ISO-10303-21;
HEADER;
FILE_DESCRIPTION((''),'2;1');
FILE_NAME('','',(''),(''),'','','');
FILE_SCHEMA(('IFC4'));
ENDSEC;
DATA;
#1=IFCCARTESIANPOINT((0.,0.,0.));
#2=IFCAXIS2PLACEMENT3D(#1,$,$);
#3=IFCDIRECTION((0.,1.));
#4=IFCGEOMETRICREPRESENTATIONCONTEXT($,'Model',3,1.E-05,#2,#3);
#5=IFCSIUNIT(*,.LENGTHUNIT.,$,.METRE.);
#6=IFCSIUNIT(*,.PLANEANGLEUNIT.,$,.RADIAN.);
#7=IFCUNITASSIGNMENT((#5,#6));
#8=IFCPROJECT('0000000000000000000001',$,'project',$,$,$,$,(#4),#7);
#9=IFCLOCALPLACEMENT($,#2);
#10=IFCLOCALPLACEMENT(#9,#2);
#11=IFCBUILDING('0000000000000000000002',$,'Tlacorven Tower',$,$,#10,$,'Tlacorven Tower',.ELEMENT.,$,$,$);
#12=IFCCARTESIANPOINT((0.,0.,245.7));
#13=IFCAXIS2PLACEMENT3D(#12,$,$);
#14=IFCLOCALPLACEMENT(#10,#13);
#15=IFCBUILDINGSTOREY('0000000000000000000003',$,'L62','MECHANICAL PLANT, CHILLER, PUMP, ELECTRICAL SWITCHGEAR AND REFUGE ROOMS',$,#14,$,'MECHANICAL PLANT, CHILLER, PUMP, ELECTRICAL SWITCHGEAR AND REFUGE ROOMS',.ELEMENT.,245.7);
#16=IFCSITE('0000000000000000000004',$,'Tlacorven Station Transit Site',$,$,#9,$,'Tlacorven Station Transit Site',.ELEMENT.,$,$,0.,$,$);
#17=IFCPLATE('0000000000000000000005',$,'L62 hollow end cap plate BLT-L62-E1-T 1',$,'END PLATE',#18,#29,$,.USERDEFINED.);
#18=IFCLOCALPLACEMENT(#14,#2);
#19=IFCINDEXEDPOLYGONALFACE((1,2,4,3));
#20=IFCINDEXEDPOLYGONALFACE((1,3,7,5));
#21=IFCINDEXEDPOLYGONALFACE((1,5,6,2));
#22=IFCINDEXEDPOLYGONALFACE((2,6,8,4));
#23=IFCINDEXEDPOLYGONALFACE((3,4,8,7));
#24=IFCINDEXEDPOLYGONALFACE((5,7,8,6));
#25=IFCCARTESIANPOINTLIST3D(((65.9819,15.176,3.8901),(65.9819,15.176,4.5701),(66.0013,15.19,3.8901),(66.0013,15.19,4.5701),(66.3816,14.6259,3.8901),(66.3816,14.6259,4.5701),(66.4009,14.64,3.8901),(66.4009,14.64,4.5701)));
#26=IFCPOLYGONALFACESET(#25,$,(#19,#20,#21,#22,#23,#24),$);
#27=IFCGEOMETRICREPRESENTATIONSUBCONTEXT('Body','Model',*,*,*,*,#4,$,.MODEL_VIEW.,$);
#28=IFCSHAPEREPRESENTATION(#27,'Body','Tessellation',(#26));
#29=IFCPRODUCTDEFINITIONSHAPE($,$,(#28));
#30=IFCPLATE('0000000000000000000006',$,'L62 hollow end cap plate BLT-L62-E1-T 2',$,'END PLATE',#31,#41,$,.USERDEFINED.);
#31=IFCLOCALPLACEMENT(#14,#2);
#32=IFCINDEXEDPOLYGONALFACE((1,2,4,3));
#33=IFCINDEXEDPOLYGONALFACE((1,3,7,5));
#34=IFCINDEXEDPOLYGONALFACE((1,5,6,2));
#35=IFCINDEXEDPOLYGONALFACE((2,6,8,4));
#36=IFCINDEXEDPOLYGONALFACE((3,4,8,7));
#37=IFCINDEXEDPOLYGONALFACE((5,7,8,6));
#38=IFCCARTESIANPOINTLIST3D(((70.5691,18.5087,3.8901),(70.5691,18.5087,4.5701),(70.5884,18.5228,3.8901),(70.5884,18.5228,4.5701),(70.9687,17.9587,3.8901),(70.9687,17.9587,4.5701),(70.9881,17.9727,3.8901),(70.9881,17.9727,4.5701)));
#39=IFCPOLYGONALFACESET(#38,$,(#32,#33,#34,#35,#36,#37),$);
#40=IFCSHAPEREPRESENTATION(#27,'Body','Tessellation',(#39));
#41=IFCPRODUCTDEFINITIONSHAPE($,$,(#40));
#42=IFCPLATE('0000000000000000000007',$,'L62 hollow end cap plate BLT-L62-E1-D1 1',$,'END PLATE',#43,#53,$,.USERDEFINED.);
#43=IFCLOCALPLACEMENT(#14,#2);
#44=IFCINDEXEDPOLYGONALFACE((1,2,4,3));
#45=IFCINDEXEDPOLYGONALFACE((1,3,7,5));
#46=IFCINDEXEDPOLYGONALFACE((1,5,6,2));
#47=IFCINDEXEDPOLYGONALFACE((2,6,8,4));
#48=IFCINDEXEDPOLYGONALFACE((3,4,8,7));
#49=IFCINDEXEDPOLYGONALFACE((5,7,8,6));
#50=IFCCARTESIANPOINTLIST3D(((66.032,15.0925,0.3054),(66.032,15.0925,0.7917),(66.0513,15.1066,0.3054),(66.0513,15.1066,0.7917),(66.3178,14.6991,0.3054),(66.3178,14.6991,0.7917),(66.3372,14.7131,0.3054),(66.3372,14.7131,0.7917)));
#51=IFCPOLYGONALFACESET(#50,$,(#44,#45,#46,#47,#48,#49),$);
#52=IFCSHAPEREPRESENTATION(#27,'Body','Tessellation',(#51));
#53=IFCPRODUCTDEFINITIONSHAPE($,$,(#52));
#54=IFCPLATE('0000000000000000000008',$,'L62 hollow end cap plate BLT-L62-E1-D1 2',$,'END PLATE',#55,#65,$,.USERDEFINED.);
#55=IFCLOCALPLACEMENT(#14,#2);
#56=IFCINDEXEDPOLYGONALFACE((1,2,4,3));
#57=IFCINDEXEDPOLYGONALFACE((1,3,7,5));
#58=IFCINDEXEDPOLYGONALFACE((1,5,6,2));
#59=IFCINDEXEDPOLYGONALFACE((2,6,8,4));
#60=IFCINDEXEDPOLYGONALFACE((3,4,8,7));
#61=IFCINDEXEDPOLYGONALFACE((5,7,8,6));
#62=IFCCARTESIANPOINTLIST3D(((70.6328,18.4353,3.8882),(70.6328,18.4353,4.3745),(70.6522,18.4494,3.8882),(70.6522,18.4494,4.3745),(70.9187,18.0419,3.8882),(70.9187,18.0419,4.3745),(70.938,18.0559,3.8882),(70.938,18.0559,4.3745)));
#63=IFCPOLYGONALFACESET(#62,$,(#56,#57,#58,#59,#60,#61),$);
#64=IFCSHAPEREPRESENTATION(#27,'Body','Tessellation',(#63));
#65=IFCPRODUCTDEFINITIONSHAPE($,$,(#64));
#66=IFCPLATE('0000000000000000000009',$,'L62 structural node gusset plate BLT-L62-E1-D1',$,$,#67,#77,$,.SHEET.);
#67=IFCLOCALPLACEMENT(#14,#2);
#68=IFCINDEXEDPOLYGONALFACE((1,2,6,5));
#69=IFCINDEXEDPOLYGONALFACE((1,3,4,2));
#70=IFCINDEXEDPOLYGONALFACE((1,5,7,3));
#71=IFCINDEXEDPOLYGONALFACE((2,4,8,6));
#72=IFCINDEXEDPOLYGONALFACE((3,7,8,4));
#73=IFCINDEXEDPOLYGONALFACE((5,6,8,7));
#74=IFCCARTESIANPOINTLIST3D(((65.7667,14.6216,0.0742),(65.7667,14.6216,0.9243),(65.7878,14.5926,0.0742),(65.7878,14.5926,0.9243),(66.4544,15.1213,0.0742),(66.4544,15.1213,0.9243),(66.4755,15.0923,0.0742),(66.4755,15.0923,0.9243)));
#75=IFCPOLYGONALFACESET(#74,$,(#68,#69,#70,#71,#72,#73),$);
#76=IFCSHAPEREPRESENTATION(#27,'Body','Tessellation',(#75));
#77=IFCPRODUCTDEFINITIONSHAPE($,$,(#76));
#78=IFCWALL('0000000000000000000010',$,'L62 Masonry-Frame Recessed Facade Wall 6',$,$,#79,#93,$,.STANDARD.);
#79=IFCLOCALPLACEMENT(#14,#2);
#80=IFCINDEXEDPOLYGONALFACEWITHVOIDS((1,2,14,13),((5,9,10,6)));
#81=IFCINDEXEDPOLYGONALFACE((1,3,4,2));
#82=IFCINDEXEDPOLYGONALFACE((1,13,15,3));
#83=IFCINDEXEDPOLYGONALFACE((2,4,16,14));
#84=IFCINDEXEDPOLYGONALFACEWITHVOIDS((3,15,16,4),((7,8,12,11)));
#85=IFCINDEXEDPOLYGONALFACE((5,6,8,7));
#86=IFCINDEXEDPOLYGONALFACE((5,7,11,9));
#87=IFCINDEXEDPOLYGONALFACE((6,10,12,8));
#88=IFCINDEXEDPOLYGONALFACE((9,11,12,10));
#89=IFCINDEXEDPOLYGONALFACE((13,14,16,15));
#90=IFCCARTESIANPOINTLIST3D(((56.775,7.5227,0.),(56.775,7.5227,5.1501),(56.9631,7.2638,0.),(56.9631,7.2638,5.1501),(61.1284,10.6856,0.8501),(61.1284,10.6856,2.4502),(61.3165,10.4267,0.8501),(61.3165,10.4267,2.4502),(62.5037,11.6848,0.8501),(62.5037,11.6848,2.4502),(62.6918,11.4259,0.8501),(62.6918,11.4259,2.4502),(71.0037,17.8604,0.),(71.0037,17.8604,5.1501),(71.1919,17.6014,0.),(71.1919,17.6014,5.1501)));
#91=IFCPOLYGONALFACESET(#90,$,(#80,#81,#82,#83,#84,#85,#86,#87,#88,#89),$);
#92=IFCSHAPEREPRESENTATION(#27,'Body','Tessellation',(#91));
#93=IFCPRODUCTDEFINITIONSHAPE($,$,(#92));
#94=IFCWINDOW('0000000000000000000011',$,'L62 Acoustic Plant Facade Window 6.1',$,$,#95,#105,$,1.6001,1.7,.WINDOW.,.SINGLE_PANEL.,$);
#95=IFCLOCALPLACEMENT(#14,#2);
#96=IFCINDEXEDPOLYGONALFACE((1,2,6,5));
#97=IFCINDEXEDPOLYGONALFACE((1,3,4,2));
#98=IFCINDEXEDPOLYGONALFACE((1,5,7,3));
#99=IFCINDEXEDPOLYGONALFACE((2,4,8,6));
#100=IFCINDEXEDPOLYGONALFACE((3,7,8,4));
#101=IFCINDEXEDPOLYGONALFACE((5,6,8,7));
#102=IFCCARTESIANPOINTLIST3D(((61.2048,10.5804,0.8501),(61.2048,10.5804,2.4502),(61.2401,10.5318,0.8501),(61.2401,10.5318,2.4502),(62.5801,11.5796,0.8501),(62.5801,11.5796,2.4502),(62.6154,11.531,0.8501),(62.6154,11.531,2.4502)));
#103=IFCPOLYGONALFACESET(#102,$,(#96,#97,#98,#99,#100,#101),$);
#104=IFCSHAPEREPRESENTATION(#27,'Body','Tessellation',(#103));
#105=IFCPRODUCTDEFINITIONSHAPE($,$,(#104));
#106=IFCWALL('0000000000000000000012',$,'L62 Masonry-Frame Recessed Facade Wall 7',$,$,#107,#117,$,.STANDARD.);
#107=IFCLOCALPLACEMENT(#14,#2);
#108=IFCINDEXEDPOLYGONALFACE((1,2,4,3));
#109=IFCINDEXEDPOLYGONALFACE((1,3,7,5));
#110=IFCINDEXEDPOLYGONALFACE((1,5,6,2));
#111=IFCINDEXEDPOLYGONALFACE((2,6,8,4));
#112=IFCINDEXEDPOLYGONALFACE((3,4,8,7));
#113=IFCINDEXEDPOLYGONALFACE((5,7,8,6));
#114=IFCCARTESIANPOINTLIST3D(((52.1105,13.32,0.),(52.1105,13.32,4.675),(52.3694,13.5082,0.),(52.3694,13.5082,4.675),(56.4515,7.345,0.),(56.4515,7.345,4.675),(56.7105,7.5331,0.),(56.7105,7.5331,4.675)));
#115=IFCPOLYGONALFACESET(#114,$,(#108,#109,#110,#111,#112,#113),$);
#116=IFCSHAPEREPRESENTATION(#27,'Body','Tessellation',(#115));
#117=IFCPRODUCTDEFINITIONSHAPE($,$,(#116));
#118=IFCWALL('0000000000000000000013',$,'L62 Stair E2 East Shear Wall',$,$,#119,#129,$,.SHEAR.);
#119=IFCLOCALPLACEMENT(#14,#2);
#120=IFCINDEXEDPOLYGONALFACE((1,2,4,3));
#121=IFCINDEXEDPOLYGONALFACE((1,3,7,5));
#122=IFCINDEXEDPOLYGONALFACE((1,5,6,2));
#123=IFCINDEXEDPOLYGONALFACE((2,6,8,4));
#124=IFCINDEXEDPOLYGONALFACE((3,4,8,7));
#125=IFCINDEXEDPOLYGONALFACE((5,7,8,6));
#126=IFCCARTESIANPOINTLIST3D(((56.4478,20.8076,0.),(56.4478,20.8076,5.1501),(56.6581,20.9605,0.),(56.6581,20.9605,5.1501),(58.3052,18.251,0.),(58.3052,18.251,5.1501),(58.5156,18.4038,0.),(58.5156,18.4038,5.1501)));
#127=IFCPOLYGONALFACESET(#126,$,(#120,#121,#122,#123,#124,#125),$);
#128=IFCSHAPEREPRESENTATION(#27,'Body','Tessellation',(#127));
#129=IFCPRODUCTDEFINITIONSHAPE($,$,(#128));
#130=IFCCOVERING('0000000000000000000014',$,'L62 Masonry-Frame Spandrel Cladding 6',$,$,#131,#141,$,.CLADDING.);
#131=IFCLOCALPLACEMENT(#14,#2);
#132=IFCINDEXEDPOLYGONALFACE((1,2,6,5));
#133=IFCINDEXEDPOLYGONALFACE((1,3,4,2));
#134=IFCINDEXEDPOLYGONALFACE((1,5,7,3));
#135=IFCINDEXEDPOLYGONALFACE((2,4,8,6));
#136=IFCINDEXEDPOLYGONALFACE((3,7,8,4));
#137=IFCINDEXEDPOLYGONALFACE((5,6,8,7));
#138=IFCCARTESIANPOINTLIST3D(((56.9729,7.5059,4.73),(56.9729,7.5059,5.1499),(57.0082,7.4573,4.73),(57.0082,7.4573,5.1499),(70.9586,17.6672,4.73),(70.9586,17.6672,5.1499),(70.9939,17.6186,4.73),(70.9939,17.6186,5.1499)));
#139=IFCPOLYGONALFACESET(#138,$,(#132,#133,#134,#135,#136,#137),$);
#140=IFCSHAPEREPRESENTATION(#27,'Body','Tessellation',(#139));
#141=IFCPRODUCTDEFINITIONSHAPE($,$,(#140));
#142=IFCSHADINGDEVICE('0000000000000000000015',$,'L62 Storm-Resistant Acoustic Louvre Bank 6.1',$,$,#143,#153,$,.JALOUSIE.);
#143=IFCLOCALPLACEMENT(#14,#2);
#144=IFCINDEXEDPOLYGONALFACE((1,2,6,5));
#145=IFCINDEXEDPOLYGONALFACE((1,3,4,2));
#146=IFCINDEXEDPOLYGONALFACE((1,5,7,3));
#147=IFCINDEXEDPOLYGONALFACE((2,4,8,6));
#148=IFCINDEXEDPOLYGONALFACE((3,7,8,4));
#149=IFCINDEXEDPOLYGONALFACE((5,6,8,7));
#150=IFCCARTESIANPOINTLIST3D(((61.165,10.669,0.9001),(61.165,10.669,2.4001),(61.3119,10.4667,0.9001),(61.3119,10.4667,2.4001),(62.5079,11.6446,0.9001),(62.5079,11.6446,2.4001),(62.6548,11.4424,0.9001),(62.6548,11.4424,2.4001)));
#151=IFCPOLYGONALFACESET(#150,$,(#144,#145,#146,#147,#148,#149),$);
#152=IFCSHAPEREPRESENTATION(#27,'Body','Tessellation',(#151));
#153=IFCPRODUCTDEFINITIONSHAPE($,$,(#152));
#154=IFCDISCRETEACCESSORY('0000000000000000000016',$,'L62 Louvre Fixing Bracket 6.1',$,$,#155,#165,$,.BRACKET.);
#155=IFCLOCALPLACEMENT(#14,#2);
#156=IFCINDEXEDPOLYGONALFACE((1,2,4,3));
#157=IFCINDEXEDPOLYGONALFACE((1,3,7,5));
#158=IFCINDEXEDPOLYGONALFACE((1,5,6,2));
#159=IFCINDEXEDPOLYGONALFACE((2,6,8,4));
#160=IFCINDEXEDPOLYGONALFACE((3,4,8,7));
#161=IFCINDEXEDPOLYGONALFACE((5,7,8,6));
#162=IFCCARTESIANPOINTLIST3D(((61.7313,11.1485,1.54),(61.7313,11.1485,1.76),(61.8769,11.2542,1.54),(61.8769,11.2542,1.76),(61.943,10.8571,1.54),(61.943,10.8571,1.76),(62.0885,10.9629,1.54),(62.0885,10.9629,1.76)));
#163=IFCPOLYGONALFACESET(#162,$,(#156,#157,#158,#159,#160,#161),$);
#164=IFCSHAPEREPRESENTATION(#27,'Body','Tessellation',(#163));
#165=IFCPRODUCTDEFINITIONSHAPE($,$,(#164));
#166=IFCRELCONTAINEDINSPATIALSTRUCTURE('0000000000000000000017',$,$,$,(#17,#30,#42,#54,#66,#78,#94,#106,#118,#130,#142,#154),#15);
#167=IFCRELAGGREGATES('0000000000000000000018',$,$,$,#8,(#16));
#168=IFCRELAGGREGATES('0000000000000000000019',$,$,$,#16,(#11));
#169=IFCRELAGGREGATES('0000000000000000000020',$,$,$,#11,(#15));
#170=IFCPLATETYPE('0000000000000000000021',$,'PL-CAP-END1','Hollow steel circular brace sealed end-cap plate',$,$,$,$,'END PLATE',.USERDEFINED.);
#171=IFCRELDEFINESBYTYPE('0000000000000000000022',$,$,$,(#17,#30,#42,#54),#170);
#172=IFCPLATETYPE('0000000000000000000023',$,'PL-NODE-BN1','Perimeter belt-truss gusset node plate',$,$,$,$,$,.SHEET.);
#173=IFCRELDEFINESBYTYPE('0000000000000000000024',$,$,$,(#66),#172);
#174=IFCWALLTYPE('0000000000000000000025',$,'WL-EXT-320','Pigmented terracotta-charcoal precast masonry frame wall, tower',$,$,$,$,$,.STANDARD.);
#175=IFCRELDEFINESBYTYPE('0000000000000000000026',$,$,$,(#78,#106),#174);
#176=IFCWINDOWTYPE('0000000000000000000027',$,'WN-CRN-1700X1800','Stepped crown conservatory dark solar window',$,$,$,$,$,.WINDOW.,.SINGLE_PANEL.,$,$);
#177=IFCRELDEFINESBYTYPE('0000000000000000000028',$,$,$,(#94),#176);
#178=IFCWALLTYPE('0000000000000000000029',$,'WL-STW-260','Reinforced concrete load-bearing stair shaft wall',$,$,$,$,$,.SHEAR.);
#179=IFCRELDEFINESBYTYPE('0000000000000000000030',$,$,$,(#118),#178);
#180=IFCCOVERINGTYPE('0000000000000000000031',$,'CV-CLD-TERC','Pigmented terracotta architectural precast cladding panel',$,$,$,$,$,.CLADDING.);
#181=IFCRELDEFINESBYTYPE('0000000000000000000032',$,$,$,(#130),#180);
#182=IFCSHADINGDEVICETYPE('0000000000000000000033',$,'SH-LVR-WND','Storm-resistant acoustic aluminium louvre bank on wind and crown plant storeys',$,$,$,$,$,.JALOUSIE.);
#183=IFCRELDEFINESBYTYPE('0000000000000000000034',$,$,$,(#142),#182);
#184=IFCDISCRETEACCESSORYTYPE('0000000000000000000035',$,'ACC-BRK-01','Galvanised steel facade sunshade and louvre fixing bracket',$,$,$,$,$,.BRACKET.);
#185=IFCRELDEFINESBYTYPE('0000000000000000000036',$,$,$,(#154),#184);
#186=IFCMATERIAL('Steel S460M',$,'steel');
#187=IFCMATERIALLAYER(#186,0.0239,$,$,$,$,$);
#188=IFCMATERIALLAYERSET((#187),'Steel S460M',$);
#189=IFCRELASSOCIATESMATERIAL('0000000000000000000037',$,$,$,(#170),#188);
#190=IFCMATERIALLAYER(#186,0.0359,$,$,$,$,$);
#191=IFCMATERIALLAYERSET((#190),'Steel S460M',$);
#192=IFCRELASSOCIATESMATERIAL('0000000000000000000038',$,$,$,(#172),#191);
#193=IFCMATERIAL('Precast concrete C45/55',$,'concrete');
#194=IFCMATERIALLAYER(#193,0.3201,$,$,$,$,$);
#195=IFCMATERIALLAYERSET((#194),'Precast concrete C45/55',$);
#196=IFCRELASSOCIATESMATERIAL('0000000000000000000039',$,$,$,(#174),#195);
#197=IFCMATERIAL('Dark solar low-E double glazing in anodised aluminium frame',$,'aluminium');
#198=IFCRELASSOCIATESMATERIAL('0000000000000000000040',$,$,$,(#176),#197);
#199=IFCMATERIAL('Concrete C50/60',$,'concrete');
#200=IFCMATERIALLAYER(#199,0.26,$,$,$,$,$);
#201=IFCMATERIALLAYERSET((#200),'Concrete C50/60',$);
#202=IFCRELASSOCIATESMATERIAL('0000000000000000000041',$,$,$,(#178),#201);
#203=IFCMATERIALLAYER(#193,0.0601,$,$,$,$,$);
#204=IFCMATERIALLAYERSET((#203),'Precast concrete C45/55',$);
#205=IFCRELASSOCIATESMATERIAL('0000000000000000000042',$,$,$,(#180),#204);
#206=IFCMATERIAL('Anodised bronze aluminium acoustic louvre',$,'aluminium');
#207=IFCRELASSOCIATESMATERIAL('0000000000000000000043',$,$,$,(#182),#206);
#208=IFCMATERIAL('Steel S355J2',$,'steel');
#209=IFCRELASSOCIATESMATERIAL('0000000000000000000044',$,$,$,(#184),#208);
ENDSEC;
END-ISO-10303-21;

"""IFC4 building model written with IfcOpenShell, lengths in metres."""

from ifc_helpers import new_model, si_unit, direction, frame, frame_2d, origin, origin_2d, place, context, subcontext, project, spatial, rectangle, extrude, source, transform, mapped, material, layer, layer_set, type_object, element, fill, save


model = new_model("IFC4")

# Units and contexts
model_context = context("Model", 3, precision=1e-05, world=origin(), true_north=direction((0.0, 1.0)))
body_context = subcontext(model_context, "Body", "Model", "MODEL_VIEW")
ifc_project = project(units=[si_unit("LENGTHUNIT", "METRE"), si_unit("PLANEANGLEUNIT", "RADIAN")], contexts=[model_context])

# Site, building, storey
site_placement = place(None, origin())
site = spatial("IfcSite", under=ifc_project, at=site_placement, Name="Tlacorven Station Transit Site", LongName="Tlacorven Station Transit Site", CompositionType="ELEMENT", RefElevation=0.0)
building_placement = place(site_placement, origin())
building = spatial("IfcBuilding", under=site, at=building_placement, Name="Tlacorven Tower", LongName="Tlacorven Tower", CompositionType="ELEMENT")
storey_placement = place(building_placement, frame((0.0, 0.0, 245.7)))
storey = spatial("IfcBuildingStorey", under=building, at=storey_placement, Name="L62", Description="MECHANICAL PLANT, CHILLER, PUMP, ELECTRICAL SWITCHGEAR AND REFUGE ROOMS", LongName="MECHANICAL PLANT, CHILLER, PUMP, ELECTRICAL SWITCHGEAR AND REFUGE ROOMS", CompositionType="ELEMENT", Elevation=245.7)

# Shared definitions
ifc_material_1 = material(Name="Steel S355J2", Category="steel")

# Shared definitions
ifc_material_2 = material(Name="Steel S460M", Category="steel")

# Plates
ifc_layer_1 = layer(ifc_material_2, 0.0239)
ifc_layer_set_1 = layer_set([ifc_layer_1], Name="Steel S460M")
plate_type_1 = type_object("IfcPlateType", Name="PL-CAP-END1", Description="Hollow steel circular brace sealed end-cap plate", ElementType="END PLATE", PredefinedType="USERDEFINED", material=ifc_layer_set_1)
shared_shape_1 = source(origin(), body_context, "Body", "SweptSolid", [
    extrude(rectangle(XDim=0.0239, YDim=0.6799, at=origin_2d()), origin(), (0.0, 0.0, 1.0), 0.6799),
])
for number, where, z_axis, x_axis, name in (
    (1, (66.1914, 14.908, 3.8901), (0.0, 0.0, 1.0), (0.809017, 0.587785, 0.0), "L62 hollow end cap plate BLT-L62-E1-T 1"),
    (2, (70.7786, 18.2407, 3.8901), (0.0, 0.0, 1.0), (0.809017, 0.587785, 0.0), "L62 hollow end cap plate BLT-L62-E1-T 2"),
):
    element("IfcPlate", number, at=place(storey_placement, frame(where, z_axis=z_axis, x_axis=x_axis)), inside=storey, type_object=plate_type_1, Name=name, ObjectType="END PLATE", PredefinedType="USERDEFINED", context=body_context, shape_type="MappedRepresentation", body=[
        mapped(shared_shape_1, transform((0.0, 0.0, 0.0), scale=1.0)),
    ])
shared_shape_2 = source(origin(), body_context, "Body", "SweptSolid", [
    extrude(rectangle(XDim=0.0239, YDim=0.4863, at=origin_2d()), origin(), (0.0, 0.0, 1.0), 0.4863),
])
for number, where, z_axis, x_axis, name in (
    (3, (66.1846, 14.9028, 0.3054), (0.0, 0.0, 1.0), (0.809017, 0.587785, 0.0), "L62 hollow end cap plate BLT-L62-E1-D1 1"),
    (4, (70.7854, 18.2456, 3.8882), (0.0, 0.0, 1.0), (0.809017, 0.587785, 0.0), "L62 hollow end cap plate BLT-L62-E1-D1 2"),
):
    element("IfcPlate", number, at=place(storey_placement, frame(where, z_axis=z_axis, x_axis=x_axis)), inside=storey, type_object=plate_type_1, Name=name, ObjectType="END PLATE", PredefinedType="USERDEFINED", context=body_context, shape_type="MappedRepresentation", body=[
        mapped(shared_shape_2, transform((0.0, 0.0, 0.0), scale=1.0)),
    ])
ifc_layer_2 = layer(ifc_material_2, 0.0359)
ifc_layer_set_2 = layer_set([ifc_layer_2], Name="Steel S460M")
plate_type_2 = type_object("IfcPlateType", Name="PL-NODE-BN1", Description="Perimeter belt-truss gusset node plate", PredefinedType="SHEET", material=ifc_layer_set_2)
shared_shape_3 = source(origin(), body_context, "Body", "SweptSolid", [
    extrude(rectangle(XDim=0.8501, YDim=0.0359, at=origin_2d()), origin(), (0.0, 0.0, 1.0), 0.8501),
])
plate_placement = place(storey_placement, frame((66.1211, 14.8569, 0.0742), z_axis=(0.0, 0.0, 1.0), x_axis=(0.809017, 0.587785, 0.0)))
element("IfcPlate", 5, at=plate_placement, inside=storey, type_object=plate_type_2, Name="L62 structural node gusset plate BLT-L62-E1-D1", PredefinedType="SHEET", context=body_context, shape_type="MappedRepresentation", body=[
    mapped(shared_shape_3, transform((0.0, 0.0, 0.0), scale=1.0)),
])

# Wall, opening, window
ifc_material_3 = material(Name="Precast concrete C45/55", Category="concrete")
ifc_layer_3 = layer(ifc_material_3, 0.3201)
ifc_layer_set_3 = layer_set([ifc_layer_3], Name="Precast concrete C45/55")
wall_type_1 = type_object("IfcWallType", Name="WL-EXT-320", Description="Pigmented terracotta-charcoal precast masonry frame wall, tower", PredefinedType="STANDARD", material=ifc_layer_set_3)
wall_1_placement = place(storey_placement, frame((71.0979, 17.731, 0.0), z_axis=(0.0, 0.0, 1.0), x_axis=(-0.809021, -0.58778, 0.0)))
wall_1 = element("IfcWall", 6, at=wall_1_placement, inside=storey, type_object=wall_type_1, Name="L62 Masonry-Frame Recessed Facade Wall 6", PredefinedType="STANDARD", context=body_context, shape_type="SweptSolid", body=[
    extrude(rectangle(XDim=17.5876, YDim=0.3201, at=frame_2d((8.7939, 0.0))), origin(), (0.0, 0.0, 1.0), 5.1501),
])
opening_placement = place(wall_1_placement, frame((10.5066, 0.0, 0.8501)))
opening = element("IfcOpeningElement", 7, at=opening_placement, cuts=wall_1, PredefinedType="OPENING", context=body_context, shape_type="SweptSolid", body=[
    extrude(rectangle(XDim=1.7, YDim=1.6001, at=frame_2d((0.8501, 0.8))), frame((0.0, 0.1699, 0.0), z_axis=(0.0, -1.0, 0.0), x_axis=(1.0, 0.0, 0.0)), (0.0, 0.0, 1.0), 0.3401),
])
ifc_material_4 = material(Name="Dark solar low-E double glazing in anodised aluminium frame", Category="aluminium")
window_type = type_object("IfcWindowType", Name="WN-CRN-1700X1800", Description="Stepped crown conservatory dark solar window", PartitioningType="SINGLE_PANEL", PredefinedType="WINDOW", material=ifc_material_4)
shared_shape_4 = source(origin(), body_context, "Body", "SweptSolid", [
    extrude(rectangle(XDim=1.7, YDim=1.6001, at=frame_2d((0.8501, 0.8))), frame((0.0, 0.03, 0.0), z_axis=(0.0, -1.0, 0.0), x_axis=(1.0, 0.0, 0.0)), (0.0, 0.0, 1.0), 0.0601),
])
window_placement = place(opening_placement, origin())
window = element("IfcWindow", 8, at=window_placement, inside=storey, type_object=window_type, Name="L62 Acoustic Plant Facade Window 6.1", OverallHeight=1.6001, OverallWidth=1.7, PartitioningType="SINGLE_PANEL", PredefinedType="WINDOW", context=body_context, shape_type="MappedRepresentation", body=[
    mapped(shared_shape_4, transform((0.0, 0.0, 0.0), scale=1.0)),
])
fill(opening, window)

# Walls
wall_2_placement = place(storey_placement, frame((56.5811, 7.439, 0.0), z_axis=(0.0, 0.0, 1.0), x_axis=(-0.587777, 0.809023, 0.0)))
element("IfcWall", 9, at=wall_2_placement, inside=storey, type_object=wall_type_1, Name="L62 Masonry-Frame Recessed Facade Wall 7", PredefinedType="STANDARD", context=body_context, shape_type="SweptSolid", body=[
    extrude(rectangle(XDim=7.3855, YDim=0.3201, at=frame_2d((3.6929, 0.0))), origin(), (0.0, 0.0, 1.0), 4.675),
])
ifc_material_5 = material(Name="Concrete C50/60", Category="concrete")
ifc_layer_4 = layer(ifc_material_5, 0.26)
ifc_layer_set_4 = layer_set([ifc_layer_4], Name="Concrete C50/60")
wall_type_2 = type_object("IfcWallType", Name="WL-STW-260", Description="Reinforced concrete load-bearing stair shaft wall", PredefinedType="SHEAR", material=ifc_layer_set_4)
wall_3_placement = place(storey_placement, frame((58.4104, 18.3274, 0.0), z_axis=(0.0, 0.0, 1.0), x_axis=(-0.587767, 0.80903, 0.0)))
element("IfcWall", 10, at=wall_3_placement, inside=storey, type_object=wall_type_2, Name="L62 Stair E2 East Shear Wall", PredefinedType="SHEAR", context=body_context, shape_type="SweptSolid", body=[
    extrude(rectangle(XDim=3.1602, YDim=0.26, at=frame_2d((1.5801, 0.0))), origin(), (0.0, 0.0, 1.0), 5.1501),
])

# Covering
ifc_layer_5 = layer(ifc_material_3, 0.0601)
ifc_layer_set_5 = layer_set([ifc_layer_5], Name="Precast concrete C45/55")
covering_type = type_object("IfcCoveringType", Name="CV-CLD-TERC", Description="Pigmented terracotta architectural precast cladding panel", PredefinedType="CLADDING", material=ifc_layer_set_5)
shared_shape_5 = source(origin(), body_context, "Body", "SweptSolid", [
    extrude(rectangle(XDim=17.2874, YDim=0.0601, at=origin_2d()), origin(), (0.0, 0.0, 1.0), 0.4199),
])
covering_placement = place(storey_placement, frame((63.9834, 12.5623, 4.73), z_axis=(0.0, 0.0, 1.0), x_axis=(-0.809017, -0.587785, 0.0)))
element("IfcCovering", 11, at=covering_placement, inside=storey, type_object=covering_type, Name="L62 Masonry-Frame Spandrel Cladding 6", PredefinedType="CLADDING", context=body_context, shape_type="MappedRepresentation", body=[
    mapped(shared_shape_5, transform((0.0, 0.0, 0.0), scale=1.0)),
])

# Shading device
ifc_material_6 = material(Name="Anodised bronze aluminium acoustic louvre", Category="aluminium")
shading_device_type = type_object("IfcShadingDeviceType", Name="SH-LVR-WND", Description="Storm-resistant acoustic aluminium louvre bank on wind and crown plant storeys", PredefinedType="JALOUSIE", material=ifc_material_6)
shared_shape_6 = source(origin(), body_context, "Body", "SweptSolid", [
    extrude(rectangle(XDim=1.6599, YDim=0.25, at=origin_2d()), origin(), (0.0, 0.0, 1.0), 1.5),
])
shading_device_placement = place(storey_placement, frame((61.9099, 11.0557, 0.9001), z_axis=(0.0, 0.0, 1.0), x_axis=(-0.809017, -0.587785, 0.0)))
element("IfcShadingDevice", 12, at=shading_device_placement, inside=storey, type_object=shading_device_type, Name="L62 Storm-Resistant Acoustic Louvre Bank 6.1", PredefinedType="JALOUSIE", context=body_context, shape_type="MappedRepresentation", body=[
    mapped(shared_shape_6, transform((0.0, 0.0, 0.0), scale=1.0)),
])

# Discrete accessory
discrete_accessory_type = type_object("IfcDiscreteAccessoryType", Name="ACC-BRK-01", Description="Galvanised steel facade sunshade and louvre fixing bracket", PredefinedType="BRACKET", material=ifc_material_1)
shared_shape_7 = source(origin(), body_context, "Body", "SweptSolid", [
    extrude(rectangle(XDim=0.1799, YDim=0.3601, at=origin_2d()), origin(), (0.0, 0.0, 1.0), 0.22),
])
discrete_accessory_placement = place(storey_placement, frame((61.9099, 11.0557, 1.54), z_axis=(0.0, 0.0, 1.0), x_axis=(-0.809017, -0.587785, 0.0)))
element("IfcDiscreteAccessory", 13, at=discrete_accessory_placement, inside=storey, type_object=discrete_accessory_type, Name="L62 Louvre Fixing Bracket 6.1", PredefinedType="BRACKET", context=body_context, shape_type="MappedRepresentation", body=[
    mapped(shared_shape_7, transform((0.0, 0.0, 0.0), scale=1.0)),
])

save(model, "model.ifc")
